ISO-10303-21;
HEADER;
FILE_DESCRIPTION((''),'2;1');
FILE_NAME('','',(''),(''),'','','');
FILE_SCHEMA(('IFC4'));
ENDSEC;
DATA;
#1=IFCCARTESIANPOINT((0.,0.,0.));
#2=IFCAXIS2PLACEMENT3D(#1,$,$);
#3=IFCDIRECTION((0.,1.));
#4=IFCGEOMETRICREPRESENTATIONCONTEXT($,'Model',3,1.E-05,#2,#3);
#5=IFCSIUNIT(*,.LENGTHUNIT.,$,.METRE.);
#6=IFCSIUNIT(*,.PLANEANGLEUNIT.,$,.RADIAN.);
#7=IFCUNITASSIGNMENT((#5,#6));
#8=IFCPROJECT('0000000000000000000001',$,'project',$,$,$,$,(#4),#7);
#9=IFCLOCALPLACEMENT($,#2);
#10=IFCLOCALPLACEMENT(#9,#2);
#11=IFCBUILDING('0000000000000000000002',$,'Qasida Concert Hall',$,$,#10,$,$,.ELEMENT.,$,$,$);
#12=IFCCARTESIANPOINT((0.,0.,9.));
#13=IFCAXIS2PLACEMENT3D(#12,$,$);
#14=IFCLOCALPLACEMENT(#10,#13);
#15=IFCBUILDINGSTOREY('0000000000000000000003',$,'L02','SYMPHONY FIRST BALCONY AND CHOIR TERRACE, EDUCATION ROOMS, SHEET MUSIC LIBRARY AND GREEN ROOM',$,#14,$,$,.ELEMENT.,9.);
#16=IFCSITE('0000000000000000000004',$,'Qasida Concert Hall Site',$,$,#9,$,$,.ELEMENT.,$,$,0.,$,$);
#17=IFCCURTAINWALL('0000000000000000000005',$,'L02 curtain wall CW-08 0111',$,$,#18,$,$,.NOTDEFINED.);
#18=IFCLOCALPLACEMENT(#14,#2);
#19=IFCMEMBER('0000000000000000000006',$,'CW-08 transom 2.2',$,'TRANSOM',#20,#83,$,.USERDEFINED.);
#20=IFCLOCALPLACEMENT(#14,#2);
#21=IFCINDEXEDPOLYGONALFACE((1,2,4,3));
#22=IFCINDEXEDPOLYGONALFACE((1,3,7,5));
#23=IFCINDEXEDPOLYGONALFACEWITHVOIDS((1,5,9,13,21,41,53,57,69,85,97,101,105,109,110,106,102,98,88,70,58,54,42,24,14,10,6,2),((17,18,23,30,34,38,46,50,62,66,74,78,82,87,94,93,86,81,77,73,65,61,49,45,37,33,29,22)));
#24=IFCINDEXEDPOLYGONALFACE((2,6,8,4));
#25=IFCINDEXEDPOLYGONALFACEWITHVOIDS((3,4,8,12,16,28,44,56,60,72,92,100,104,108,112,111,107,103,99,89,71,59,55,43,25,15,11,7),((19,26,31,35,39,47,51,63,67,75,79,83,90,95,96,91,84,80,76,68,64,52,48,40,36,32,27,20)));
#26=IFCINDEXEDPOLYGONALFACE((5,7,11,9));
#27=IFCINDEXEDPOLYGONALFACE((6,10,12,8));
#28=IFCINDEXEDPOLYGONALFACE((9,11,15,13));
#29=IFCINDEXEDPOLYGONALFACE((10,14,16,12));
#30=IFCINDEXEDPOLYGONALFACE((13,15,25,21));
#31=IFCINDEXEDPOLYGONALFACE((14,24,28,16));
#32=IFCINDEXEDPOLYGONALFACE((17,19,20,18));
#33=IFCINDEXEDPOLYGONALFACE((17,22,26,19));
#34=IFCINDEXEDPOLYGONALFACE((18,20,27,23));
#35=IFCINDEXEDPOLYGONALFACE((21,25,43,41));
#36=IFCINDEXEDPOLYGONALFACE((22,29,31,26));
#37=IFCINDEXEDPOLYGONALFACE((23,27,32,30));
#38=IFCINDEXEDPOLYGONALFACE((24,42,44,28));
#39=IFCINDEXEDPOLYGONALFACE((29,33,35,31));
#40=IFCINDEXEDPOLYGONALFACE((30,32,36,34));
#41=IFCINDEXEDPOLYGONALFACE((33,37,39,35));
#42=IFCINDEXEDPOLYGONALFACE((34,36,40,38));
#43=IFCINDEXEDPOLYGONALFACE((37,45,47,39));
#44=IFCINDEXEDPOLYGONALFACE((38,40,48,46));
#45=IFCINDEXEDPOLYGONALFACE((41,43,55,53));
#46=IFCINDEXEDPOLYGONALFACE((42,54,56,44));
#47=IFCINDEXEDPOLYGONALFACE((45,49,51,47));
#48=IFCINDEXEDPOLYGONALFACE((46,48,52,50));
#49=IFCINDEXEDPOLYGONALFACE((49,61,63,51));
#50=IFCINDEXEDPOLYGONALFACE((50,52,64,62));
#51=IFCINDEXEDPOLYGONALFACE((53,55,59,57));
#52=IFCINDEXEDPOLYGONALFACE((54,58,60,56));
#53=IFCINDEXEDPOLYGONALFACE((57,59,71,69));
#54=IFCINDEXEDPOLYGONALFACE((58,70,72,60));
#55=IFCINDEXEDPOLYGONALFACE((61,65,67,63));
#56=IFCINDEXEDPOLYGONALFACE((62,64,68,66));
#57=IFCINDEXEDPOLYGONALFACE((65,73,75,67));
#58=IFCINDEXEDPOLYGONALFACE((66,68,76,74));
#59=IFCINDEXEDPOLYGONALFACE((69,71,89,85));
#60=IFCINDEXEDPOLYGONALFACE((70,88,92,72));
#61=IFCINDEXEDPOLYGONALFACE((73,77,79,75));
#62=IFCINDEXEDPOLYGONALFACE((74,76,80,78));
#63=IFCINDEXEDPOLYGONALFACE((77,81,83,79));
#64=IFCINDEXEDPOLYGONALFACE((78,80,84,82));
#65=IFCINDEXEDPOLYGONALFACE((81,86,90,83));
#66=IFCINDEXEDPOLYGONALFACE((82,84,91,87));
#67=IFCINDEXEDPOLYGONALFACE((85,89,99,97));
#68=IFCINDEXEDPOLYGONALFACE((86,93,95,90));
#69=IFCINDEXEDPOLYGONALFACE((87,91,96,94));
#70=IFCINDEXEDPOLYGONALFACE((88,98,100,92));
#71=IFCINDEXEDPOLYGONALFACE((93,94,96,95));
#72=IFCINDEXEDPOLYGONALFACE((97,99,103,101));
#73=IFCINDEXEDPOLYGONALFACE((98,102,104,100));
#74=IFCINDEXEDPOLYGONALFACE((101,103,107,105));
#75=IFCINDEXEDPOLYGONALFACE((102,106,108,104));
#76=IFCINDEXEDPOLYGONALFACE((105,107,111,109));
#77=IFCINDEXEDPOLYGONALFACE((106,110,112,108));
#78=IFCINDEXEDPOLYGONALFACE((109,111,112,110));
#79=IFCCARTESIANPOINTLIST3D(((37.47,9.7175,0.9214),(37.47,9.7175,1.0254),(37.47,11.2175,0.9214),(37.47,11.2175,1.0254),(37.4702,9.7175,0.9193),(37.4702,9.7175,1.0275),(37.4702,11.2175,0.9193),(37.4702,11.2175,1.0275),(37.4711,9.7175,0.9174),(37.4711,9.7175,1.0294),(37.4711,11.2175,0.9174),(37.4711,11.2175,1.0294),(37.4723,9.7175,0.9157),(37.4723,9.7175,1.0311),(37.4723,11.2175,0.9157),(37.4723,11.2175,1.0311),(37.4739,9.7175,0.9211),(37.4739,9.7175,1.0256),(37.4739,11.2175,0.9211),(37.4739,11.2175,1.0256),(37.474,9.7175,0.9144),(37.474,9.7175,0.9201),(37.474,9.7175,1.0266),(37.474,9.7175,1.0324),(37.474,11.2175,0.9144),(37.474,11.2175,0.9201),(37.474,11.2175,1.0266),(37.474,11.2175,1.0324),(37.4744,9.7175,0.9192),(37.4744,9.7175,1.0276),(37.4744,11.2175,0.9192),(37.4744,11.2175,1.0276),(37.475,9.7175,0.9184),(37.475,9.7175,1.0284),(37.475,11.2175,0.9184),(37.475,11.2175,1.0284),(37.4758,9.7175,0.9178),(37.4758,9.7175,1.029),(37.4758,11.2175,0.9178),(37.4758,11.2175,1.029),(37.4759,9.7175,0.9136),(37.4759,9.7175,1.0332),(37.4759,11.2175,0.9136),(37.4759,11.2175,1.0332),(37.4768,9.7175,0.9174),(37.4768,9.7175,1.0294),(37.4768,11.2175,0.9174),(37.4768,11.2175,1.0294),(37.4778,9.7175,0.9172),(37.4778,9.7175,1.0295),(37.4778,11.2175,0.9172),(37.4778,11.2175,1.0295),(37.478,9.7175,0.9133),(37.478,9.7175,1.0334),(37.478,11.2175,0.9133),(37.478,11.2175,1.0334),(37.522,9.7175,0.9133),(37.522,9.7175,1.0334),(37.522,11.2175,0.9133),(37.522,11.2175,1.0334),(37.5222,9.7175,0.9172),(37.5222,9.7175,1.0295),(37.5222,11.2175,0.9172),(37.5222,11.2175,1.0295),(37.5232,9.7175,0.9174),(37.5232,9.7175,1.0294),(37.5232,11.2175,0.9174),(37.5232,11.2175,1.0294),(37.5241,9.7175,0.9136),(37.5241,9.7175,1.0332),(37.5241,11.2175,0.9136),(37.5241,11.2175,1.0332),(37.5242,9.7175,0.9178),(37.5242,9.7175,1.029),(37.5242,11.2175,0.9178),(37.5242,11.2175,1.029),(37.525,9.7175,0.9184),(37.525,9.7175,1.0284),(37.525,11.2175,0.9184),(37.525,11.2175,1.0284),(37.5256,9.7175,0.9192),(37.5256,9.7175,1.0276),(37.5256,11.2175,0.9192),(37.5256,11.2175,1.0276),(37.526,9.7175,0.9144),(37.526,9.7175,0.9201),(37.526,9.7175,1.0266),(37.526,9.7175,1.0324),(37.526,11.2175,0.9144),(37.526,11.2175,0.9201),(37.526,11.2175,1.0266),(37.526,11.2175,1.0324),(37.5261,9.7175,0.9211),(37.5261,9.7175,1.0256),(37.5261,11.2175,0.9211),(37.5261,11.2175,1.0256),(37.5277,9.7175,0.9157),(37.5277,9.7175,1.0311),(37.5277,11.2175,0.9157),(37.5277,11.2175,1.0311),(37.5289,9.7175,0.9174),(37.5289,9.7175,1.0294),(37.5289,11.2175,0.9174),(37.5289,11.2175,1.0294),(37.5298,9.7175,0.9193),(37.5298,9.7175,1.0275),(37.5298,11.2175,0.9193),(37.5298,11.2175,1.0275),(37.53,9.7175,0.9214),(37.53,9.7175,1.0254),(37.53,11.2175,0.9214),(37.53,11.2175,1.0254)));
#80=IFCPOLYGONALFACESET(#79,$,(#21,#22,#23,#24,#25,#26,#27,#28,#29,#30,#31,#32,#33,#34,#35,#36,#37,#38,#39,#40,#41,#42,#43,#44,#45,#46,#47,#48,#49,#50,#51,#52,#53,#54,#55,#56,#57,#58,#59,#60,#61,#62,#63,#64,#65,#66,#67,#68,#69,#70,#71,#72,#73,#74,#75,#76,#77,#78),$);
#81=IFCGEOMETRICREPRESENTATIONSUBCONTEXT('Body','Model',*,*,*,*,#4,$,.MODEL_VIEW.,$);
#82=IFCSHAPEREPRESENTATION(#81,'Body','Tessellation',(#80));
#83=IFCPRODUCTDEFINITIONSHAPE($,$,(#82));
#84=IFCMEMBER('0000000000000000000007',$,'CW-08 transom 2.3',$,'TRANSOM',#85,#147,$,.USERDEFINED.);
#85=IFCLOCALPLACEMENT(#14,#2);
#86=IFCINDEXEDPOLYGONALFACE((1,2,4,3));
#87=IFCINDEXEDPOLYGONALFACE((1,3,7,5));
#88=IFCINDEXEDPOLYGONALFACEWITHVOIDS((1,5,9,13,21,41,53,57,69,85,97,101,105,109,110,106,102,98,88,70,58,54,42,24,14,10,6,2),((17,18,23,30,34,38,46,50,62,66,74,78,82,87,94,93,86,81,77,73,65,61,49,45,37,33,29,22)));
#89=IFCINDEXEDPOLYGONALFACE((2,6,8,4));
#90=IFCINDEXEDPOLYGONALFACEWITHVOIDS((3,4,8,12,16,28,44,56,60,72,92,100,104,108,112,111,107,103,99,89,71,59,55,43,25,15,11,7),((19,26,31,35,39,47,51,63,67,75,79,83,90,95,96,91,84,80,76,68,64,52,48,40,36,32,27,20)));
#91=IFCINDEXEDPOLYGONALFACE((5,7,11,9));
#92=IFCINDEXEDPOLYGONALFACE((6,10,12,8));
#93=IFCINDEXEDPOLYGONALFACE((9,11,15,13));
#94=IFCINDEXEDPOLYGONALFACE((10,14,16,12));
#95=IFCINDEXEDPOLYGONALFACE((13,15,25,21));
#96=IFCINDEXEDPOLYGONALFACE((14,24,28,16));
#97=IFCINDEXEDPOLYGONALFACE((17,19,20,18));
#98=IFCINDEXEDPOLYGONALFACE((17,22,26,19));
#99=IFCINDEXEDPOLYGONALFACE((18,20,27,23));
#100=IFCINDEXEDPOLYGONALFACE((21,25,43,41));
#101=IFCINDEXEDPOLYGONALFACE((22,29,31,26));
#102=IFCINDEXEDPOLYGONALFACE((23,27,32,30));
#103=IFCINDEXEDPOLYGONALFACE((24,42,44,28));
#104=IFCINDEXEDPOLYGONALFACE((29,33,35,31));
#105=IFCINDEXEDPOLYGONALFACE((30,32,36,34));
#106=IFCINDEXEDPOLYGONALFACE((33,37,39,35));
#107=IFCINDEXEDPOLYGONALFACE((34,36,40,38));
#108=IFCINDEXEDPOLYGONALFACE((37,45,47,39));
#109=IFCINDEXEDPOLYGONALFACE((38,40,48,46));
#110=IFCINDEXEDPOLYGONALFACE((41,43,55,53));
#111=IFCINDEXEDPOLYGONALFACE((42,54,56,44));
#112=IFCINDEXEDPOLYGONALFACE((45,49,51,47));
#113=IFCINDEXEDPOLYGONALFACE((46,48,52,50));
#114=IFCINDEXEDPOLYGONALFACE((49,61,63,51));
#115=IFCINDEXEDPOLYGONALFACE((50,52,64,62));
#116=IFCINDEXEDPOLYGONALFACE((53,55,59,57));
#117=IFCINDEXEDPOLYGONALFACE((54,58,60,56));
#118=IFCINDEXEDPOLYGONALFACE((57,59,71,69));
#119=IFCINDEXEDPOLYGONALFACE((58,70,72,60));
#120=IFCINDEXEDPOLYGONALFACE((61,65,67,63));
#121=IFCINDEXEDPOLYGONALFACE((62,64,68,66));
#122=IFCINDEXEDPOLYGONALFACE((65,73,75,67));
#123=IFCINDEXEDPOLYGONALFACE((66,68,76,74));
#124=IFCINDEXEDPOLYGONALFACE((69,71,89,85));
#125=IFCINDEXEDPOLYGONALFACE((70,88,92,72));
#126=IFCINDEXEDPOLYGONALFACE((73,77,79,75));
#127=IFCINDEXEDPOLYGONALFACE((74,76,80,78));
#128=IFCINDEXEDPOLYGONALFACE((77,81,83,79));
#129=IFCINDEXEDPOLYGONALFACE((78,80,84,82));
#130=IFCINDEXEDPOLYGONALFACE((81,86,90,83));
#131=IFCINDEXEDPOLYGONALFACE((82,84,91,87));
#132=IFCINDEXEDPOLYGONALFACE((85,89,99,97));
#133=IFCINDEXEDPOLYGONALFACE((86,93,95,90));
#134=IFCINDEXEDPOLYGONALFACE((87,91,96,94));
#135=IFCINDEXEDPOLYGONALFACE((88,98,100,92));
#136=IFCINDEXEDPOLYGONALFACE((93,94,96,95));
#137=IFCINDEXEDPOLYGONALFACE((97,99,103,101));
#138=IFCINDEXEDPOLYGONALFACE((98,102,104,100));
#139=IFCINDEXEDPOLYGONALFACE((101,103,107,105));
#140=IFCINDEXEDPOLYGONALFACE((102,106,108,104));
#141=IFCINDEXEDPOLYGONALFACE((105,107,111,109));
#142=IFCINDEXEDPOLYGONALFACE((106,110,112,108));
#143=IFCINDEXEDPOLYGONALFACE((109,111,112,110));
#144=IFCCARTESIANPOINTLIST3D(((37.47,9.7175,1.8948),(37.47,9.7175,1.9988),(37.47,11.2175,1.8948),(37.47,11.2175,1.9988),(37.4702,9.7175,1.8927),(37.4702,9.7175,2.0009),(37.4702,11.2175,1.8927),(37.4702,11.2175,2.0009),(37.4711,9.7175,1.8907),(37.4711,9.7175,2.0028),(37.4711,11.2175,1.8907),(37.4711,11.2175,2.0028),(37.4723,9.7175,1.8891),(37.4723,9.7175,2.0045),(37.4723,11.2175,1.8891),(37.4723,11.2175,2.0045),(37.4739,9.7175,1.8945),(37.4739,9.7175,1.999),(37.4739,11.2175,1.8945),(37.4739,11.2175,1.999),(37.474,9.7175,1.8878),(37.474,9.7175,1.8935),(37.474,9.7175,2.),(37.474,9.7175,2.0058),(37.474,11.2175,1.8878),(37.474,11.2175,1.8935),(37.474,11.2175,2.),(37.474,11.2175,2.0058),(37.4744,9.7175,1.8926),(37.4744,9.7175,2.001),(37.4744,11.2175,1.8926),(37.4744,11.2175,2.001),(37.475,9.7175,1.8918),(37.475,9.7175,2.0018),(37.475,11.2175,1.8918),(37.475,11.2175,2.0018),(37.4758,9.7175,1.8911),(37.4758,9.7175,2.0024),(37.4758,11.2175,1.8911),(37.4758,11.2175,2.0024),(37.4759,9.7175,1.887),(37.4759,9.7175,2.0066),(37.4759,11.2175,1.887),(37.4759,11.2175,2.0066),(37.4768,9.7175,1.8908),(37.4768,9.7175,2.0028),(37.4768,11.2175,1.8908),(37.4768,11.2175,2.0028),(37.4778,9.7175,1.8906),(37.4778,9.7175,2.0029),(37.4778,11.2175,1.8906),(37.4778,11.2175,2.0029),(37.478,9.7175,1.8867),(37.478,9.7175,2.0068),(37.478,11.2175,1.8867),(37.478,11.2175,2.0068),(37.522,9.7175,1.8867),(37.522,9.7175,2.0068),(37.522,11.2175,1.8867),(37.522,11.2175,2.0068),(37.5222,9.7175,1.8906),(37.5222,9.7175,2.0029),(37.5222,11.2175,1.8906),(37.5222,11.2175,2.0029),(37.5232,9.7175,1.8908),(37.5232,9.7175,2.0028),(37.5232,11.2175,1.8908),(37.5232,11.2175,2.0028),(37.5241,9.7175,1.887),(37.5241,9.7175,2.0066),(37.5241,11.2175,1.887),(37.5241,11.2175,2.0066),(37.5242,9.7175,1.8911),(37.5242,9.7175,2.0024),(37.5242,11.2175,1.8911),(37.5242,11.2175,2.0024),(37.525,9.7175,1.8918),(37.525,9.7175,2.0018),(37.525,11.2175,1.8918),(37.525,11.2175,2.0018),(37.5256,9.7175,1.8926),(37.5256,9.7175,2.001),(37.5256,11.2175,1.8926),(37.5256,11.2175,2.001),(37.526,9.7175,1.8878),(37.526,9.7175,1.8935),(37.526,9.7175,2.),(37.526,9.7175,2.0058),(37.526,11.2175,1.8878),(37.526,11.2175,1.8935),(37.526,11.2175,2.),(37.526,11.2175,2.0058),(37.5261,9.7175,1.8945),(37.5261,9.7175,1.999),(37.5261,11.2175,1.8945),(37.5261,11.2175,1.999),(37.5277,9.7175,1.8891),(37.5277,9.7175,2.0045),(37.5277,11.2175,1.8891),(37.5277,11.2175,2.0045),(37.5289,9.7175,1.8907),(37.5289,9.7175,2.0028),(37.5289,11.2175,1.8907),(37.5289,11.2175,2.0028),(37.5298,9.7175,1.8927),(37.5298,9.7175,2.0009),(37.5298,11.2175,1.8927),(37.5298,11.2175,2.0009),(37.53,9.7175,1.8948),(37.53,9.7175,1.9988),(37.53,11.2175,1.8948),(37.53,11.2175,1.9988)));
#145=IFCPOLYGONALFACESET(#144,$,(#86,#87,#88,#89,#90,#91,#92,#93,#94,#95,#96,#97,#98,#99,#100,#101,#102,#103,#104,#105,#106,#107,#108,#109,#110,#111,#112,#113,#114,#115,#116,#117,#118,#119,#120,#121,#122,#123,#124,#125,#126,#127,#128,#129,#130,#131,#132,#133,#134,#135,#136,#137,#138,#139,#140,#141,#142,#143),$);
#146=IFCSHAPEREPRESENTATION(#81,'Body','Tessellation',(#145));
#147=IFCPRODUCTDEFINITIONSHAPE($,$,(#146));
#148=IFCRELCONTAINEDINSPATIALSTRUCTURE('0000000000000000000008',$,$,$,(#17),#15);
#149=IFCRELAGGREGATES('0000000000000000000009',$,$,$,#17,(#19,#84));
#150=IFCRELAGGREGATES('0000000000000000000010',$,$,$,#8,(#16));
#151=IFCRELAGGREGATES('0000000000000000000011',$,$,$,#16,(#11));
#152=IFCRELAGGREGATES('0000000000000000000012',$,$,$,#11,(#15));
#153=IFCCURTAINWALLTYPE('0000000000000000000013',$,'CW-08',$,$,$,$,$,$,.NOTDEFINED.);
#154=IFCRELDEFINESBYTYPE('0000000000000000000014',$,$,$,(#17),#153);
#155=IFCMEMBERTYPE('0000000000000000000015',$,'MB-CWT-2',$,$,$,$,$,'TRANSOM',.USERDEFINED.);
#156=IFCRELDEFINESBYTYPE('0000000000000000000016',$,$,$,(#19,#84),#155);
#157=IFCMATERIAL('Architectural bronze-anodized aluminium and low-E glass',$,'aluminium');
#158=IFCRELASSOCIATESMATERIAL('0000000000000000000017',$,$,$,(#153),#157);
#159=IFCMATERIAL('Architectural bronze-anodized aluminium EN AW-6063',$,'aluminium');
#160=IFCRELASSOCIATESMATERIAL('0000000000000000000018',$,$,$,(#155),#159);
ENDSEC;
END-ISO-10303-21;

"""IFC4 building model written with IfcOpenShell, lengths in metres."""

from ifc_helpers import new_model, si_unit, direction, frame, origin, origin_2d, place, context, subcontext, project, spatial, hollow_rectangle, extrude, material, material_profile, profile_set, type_object, element, aggregate, save


model = new_model("IFC4")

# Units and contexts
model_context = context("Model", 3, precision=1e-05, world=origin(), true_north=direction((0.0, 1.0)))
body_context = subcontext(model_context, "Body", "Model", "MODEL_VIEW")
ifc_project = project(units=[si_unit("LENGTHUNIT", "METRE"), si_unit("PLANEANGLEUNIT", "RADIAN")], contexts=[model_context])

# Site, building, storey
site_placement = place(None, origin())
site = spatial("IfcSite", under=ifc_project, at=site_placement, Name="Qasida Concert Hall Site", CompositionType="ELEMENT", RefElevation=0.0)
building_placement = place(site_placement, origin())
building = spatial("IfcBuilding", under=site, at=building_placement, Name="Qasida Concert Hall", CompositionType="ELEMENT")
storey_placement = place(building_placement, frame((0.0, 0.0, 9.0)))
storey = spatial("IfcBuildingStorey", under=building, at=storey_placement, Name="L02", Description="SYMPHONY FIRST BALCONY AND CHOIR TERRACE, EDUCATION ROOMS, SHEET MUSIC LIBRARY AND GREEN ROOM", CompositionType="ELEMENT", Elevation=9.0)

# Curtain wall, members
ifc_material_1 = material(Name="Architectural bronze-anodized aluminium and low-E glass", Category="aluminium")
curtain_wall_type = type_object("IfcCurtainWallType", Name="CW-08", PredefinedType="NOTDEFINED", material=ifc_material_1)
curtain_wall_placement = place(storey_placement, origin())
curtain_wall = element("IfcCurtainWall", 1, at=curtain_wall_placement, inside=storey, type_object=curtain_wall_type, Name="L02 curtain wall CW-08 0111", PredefinedType="NOTDEFINED")
ifc_material_2 = material(Name="Architectural bronze-anodized aluminium EN AW-6063", Category="aluminium")
ifc_material_profile_1 = material_profile(ifc_material_2, hollow_rectangle(XDim=0.0601, YDim=0.1201, WallThickness=0.0039, InnerFilletRadius=0.0039, OuterFilletRadius=0.0081, at=origin_2d()), Name="CWT 120x60x4")
ifc_profile_set_1 = profile_set([ifc_material_profile_1], Name="Architectural bronze-anodized aluminium EN AW-6063")
member_type_1 = type_object("IfcMemberType", Name="MB-CWT-2", ElementType="TRANSOM", PredefinedType="USERDEFINED", material=ifc_profile_set_1)
member_1_placement = place(storey_placement, frame((37.5, 9.7175, 0.9734), z_axis=(0.0, 1.0, 0.0), x_axis=(-1.0, 0.0, 0.0)))
member_1 = element("IfcMember", 2, at=member_1_placement, type_object=member_type_1, Name="CW-08 transom 2.2", ObjectType="TRANSOM", PredefinedType="USERDEFINED", context=body_context, shape_type="SweptSolid", body=[
    extrude(hollow_rectangle(XDim=0.0601, YDim=0.1201, WallThickness=0.0039, InnerFilletRadius=0.0039, OuterFilletRadius=0.0081, at=origin_2d()), origin(), (0.0, 0.0, 1.0), 1.5),
])
member_2_placement = place(storey_placement, frame((37.5, 9.7175, 1.9468), z_axis=(0.0, 1.0, 0.0), x_axis=(-1.0, 0.0, 0.0)))
member_2 = element("IfcMember", 3, at=member_2_placement, type_object=member_type_1, Name="CW-08 transom 2.3", ObjectType="TRANSOM", PredefinedType="USERDEFINED", context=body_context, shape_type="SweptSolid", body=[
    extrude(hollow_rectangle(XDim=0.0601, YDim=0.1201, WallThickness=0.0039, InnerFilletRadius=0.0039, OuterFilletRadius=0.0081, at=origin_2d()), origin(), (0.0, 0.0, 1.0), 1.5),
])
aggregate(curtain_wall, [member_1, member_2])

save(model, "model.ifc")
